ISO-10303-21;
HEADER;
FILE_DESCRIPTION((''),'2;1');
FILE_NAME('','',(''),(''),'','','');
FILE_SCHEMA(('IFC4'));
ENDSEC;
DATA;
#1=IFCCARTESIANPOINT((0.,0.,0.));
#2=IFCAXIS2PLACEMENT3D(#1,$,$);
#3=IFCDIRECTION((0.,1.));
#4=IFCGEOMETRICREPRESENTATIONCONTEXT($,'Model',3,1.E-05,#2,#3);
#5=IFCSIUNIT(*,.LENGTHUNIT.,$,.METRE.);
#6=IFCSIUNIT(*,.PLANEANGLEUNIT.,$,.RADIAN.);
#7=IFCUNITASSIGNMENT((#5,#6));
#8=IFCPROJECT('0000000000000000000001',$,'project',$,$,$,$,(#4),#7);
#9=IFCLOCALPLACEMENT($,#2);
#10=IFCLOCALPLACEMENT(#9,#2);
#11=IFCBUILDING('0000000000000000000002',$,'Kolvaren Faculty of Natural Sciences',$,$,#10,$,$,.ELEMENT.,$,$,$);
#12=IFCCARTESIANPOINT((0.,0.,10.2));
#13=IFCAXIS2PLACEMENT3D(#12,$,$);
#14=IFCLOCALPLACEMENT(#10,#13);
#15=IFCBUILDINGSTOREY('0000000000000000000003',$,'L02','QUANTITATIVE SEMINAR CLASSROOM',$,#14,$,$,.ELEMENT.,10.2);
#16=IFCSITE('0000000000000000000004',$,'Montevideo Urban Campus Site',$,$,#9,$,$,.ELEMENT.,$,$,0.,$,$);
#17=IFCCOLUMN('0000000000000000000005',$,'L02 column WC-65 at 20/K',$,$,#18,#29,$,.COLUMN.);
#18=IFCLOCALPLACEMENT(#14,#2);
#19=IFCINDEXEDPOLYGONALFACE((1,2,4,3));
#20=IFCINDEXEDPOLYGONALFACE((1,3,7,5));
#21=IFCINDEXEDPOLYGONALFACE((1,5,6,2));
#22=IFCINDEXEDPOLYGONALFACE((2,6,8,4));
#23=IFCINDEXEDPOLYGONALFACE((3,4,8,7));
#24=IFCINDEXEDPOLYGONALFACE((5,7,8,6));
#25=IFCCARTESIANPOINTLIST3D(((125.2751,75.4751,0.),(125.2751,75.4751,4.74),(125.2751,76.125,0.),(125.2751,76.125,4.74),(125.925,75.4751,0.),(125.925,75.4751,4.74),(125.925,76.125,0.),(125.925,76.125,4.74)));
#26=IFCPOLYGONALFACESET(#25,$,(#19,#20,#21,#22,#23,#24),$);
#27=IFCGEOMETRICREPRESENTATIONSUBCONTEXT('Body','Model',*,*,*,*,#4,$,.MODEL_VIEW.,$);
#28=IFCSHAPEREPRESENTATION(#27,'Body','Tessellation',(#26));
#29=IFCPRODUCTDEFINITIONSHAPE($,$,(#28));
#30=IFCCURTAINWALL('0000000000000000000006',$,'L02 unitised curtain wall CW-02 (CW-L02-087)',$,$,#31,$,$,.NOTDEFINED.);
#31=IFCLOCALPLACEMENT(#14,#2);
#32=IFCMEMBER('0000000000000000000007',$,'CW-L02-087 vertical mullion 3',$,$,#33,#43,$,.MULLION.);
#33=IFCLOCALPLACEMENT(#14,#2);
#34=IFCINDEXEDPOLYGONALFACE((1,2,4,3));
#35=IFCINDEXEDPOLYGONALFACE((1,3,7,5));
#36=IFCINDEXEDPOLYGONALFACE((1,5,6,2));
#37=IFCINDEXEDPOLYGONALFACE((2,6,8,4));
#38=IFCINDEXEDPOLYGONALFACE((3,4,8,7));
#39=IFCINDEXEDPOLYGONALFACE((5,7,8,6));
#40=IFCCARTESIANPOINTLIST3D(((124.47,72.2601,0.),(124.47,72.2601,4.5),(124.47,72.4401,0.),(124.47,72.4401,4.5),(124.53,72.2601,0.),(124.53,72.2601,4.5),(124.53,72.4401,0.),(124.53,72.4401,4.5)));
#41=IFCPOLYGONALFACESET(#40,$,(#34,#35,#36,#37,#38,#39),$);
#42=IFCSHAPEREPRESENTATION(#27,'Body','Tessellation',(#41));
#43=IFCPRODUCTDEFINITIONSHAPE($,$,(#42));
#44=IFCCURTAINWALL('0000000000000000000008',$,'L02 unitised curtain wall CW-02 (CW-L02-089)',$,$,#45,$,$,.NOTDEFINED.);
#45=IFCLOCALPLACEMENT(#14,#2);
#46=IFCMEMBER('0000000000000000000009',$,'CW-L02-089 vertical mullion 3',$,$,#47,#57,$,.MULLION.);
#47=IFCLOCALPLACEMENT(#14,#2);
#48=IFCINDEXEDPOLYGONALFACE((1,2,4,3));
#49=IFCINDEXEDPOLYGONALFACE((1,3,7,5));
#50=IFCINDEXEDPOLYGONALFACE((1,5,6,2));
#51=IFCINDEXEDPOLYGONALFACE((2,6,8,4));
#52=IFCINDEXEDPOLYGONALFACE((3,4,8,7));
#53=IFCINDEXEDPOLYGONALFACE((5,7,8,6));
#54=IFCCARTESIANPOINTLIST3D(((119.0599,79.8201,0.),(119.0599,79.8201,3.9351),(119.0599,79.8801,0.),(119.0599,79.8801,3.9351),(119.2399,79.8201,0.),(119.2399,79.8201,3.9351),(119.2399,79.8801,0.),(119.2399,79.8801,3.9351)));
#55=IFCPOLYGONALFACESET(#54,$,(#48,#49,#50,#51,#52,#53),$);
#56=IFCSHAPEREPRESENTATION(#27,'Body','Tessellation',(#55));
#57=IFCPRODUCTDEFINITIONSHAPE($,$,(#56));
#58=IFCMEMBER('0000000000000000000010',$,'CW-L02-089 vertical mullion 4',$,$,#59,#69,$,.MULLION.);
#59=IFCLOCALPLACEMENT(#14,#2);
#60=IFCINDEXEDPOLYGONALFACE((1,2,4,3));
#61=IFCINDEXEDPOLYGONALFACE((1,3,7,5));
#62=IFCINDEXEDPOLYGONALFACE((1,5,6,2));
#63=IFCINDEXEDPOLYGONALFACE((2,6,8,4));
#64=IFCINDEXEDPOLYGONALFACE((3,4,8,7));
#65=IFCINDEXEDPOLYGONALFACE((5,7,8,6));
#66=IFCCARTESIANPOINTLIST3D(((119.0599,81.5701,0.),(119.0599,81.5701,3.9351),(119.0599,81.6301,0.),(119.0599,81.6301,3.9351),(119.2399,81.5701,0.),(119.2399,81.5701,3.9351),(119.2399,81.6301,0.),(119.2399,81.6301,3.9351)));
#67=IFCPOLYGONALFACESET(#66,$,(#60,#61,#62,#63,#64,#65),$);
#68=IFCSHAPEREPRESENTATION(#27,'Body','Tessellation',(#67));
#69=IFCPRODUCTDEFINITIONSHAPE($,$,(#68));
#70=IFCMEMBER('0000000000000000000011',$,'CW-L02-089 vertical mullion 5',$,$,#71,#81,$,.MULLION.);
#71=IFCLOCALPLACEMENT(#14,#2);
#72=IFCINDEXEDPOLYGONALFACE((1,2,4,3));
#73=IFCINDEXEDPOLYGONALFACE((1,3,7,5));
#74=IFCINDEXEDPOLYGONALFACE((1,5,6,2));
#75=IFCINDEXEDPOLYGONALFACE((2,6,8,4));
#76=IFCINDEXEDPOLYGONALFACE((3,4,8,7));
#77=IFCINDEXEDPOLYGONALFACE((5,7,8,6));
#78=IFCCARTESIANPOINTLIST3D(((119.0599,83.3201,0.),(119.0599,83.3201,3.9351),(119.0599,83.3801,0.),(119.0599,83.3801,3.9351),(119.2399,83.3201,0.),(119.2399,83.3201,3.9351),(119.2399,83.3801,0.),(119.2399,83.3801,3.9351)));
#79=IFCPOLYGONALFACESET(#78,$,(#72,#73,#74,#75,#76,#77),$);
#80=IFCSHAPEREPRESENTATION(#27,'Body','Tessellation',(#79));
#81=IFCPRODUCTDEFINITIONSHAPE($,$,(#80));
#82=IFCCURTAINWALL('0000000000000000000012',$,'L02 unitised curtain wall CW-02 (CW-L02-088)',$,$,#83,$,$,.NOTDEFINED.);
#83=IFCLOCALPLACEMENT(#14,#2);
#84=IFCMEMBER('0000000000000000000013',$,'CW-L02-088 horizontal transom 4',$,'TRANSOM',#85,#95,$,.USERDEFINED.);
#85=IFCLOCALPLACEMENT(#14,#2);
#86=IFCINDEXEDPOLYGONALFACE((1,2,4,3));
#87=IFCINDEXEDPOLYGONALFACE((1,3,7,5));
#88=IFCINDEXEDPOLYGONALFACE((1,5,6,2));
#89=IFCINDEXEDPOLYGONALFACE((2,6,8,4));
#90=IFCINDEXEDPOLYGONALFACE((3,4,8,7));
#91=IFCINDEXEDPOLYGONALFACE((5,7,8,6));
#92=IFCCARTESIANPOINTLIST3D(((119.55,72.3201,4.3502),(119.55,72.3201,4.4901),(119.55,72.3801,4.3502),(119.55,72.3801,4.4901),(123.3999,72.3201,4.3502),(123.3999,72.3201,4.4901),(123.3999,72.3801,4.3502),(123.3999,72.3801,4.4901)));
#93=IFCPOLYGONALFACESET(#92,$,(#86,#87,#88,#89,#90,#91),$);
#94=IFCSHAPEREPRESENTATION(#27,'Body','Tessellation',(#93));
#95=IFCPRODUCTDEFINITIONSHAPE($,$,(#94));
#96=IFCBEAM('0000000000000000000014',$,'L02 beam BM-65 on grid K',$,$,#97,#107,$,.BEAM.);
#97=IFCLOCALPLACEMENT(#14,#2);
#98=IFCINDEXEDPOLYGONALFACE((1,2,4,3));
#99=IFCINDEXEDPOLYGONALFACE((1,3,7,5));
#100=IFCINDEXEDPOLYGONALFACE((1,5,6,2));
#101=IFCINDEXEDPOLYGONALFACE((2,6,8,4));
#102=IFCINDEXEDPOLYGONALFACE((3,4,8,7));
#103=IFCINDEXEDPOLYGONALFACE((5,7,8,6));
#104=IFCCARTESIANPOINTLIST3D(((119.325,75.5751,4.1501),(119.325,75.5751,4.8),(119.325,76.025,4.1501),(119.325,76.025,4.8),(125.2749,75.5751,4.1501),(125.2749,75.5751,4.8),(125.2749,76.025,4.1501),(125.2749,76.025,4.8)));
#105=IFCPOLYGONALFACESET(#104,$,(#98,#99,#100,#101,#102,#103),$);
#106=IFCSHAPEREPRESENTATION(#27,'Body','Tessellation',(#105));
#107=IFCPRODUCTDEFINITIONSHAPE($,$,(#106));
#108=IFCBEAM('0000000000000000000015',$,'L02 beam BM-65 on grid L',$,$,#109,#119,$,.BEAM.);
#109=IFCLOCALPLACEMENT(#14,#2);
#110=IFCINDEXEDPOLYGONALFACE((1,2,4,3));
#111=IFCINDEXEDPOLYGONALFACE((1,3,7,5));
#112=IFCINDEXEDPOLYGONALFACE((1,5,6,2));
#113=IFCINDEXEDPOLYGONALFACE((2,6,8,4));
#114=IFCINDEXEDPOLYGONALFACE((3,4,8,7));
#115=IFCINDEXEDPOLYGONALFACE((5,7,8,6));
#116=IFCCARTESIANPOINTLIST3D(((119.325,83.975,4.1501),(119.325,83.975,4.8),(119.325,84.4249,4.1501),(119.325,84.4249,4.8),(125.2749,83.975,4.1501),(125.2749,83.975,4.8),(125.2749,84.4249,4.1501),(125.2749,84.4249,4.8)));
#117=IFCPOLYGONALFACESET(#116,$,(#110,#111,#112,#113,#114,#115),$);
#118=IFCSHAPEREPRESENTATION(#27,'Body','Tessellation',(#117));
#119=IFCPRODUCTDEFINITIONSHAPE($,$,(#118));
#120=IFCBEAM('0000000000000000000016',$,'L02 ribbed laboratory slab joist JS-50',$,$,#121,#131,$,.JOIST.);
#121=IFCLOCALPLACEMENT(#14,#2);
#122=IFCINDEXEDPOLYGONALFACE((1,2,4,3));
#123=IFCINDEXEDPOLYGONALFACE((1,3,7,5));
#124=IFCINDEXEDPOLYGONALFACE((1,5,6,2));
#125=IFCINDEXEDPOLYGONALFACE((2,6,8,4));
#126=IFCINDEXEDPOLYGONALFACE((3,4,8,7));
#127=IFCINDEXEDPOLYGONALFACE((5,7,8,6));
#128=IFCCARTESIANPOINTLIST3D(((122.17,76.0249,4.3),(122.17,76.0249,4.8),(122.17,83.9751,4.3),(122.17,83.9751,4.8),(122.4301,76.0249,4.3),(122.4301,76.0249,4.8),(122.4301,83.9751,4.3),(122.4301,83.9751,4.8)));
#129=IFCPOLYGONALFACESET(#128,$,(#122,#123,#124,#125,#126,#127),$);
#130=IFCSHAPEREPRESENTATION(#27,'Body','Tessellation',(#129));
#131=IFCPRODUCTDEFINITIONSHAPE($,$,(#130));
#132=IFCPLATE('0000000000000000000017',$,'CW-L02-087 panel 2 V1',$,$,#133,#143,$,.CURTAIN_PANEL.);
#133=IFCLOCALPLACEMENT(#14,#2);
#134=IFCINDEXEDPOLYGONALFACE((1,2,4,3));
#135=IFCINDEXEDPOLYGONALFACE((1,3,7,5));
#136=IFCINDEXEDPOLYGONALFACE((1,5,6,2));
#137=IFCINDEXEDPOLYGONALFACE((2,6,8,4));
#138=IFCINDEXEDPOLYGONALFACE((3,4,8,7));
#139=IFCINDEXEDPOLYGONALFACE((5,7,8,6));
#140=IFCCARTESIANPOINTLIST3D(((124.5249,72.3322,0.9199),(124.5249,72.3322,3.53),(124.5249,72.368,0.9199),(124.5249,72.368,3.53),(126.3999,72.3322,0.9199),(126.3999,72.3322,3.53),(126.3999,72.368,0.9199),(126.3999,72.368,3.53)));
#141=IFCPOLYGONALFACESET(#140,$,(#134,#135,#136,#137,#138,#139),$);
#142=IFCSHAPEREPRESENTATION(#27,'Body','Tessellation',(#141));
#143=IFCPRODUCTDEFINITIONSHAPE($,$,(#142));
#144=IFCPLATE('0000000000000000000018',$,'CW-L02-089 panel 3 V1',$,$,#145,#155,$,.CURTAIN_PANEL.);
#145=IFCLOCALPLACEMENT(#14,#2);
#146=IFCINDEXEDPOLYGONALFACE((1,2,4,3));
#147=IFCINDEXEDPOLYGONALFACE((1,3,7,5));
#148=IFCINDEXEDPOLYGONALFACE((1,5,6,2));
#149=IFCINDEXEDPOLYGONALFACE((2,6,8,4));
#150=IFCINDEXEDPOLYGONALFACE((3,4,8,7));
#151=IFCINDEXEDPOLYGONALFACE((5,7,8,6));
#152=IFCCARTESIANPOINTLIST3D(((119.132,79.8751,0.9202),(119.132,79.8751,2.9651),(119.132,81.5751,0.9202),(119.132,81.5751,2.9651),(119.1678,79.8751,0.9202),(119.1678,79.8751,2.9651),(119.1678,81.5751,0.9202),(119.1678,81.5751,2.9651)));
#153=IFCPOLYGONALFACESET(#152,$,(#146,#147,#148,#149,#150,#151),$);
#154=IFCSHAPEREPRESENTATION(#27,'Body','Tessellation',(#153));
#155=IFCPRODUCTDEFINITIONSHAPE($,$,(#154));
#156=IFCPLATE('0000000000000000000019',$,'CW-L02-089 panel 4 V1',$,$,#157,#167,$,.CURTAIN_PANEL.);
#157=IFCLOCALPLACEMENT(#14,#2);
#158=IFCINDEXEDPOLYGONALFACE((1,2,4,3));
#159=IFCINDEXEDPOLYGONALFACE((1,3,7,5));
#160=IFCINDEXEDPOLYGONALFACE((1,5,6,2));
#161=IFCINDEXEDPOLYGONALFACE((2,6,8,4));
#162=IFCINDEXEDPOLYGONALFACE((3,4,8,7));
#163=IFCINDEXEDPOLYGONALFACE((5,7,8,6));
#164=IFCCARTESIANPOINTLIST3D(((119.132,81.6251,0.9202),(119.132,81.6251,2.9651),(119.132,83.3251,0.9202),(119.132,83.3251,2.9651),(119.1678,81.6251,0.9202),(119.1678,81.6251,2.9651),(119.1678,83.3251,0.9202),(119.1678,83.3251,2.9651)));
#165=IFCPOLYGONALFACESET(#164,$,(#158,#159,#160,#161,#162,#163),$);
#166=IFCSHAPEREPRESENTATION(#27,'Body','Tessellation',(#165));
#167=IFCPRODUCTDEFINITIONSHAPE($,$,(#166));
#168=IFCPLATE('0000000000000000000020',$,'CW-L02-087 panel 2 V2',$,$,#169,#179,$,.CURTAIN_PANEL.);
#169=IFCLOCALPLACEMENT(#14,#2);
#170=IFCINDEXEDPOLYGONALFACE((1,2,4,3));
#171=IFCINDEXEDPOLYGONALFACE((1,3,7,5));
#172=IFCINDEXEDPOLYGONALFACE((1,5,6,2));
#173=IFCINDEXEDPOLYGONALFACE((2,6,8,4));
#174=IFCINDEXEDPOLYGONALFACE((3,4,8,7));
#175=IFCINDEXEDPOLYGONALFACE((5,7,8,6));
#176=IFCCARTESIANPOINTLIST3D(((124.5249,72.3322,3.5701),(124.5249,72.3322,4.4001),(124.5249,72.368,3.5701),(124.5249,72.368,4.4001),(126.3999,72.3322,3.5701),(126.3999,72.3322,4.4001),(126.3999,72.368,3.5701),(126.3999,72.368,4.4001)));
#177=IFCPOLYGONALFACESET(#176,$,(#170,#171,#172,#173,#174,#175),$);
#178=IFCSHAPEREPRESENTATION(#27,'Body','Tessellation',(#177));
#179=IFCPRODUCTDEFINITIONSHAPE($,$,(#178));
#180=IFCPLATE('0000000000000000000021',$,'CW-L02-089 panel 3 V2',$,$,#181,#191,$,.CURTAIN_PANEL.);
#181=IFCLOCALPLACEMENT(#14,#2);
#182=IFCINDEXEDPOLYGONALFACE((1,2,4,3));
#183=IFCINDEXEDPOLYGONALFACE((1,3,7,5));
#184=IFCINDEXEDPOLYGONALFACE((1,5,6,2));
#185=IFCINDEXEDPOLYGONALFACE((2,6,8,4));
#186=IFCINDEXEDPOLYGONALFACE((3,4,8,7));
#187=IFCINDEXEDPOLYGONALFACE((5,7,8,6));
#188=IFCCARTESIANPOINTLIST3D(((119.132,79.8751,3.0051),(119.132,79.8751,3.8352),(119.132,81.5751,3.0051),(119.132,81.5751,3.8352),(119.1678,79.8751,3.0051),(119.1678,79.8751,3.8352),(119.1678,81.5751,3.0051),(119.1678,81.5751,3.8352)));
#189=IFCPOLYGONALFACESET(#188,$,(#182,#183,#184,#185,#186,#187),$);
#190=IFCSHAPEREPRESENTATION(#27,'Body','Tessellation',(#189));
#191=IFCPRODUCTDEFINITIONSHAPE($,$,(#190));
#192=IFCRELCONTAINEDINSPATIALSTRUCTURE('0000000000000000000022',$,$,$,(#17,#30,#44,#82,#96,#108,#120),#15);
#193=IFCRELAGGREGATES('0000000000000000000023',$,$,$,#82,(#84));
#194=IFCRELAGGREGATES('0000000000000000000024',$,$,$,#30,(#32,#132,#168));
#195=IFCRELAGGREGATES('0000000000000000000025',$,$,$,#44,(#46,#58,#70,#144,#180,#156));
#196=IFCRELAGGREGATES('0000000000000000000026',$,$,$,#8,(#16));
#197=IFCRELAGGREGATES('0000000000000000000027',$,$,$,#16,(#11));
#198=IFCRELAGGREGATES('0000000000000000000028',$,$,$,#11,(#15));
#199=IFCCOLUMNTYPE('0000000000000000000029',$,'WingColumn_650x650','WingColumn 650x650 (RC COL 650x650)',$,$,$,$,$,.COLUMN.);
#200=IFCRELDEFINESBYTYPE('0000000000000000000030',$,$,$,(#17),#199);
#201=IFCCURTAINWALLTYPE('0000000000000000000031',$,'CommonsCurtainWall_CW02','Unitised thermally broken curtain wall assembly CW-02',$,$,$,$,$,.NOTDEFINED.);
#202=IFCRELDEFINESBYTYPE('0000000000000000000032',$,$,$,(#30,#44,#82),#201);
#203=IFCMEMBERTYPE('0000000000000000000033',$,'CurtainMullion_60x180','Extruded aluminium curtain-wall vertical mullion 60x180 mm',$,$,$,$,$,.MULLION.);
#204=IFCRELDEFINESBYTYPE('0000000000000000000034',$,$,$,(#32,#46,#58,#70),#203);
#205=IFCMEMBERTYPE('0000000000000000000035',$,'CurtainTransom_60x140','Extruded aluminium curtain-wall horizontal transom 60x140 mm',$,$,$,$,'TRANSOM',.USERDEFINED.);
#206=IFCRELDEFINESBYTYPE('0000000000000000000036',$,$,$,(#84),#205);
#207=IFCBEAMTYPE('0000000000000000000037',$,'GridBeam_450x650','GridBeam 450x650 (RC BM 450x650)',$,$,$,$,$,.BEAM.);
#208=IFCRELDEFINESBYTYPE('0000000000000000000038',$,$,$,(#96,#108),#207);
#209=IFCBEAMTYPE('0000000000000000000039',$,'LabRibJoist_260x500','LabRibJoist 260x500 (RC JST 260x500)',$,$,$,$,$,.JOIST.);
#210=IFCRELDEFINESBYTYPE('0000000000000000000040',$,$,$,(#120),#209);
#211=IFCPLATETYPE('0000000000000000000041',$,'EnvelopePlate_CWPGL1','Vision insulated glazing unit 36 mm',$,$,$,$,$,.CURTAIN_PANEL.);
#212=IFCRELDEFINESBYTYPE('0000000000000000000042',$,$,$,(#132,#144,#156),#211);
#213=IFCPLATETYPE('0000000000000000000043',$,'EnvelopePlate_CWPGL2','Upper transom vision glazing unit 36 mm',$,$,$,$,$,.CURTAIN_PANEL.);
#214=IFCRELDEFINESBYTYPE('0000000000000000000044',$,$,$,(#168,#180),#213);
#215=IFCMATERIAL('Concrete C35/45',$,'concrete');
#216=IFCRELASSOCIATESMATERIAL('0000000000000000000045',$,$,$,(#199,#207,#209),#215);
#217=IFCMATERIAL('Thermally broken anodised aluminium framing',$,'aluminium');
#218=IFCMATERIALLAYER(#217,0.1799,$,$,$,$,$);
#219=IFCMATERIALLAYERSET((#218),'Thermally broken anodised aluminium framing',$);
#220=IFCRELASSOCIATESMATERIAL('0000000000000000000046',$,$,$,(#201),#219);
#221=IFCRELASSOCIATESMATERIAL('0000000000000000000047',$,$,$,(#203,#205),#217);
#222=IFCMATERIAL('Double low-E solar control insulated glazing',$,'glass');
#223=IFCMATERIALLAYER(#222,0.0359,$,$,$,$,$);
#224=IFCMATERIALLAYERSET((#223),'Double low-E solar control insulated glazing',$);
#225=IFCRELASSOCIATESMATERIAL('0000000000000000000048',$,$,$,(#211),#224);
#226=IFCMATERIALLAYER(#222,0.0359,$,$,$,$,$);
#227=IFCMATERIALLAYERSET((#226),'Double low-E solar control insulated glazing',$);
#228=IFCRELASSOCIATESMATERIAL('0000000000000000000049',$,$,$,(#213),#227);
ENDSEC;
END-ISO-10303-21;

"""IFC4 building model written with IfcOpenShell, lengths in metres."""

from ifc_helpers import new_model, si_unit, direction, frame, origin, origin_2d, place, context, subcontext, project, spatial, rectangle, extrude, material, layer, layer_set, material_profile, profile_set, type_object, element, aggregate, save


model = new_model("IFC4")

# Units and contexts
model_context = context("Model", 3, precision=1e-05, world=origin(), true_north=direction((0.0, 1.0)))
body_context = subcontext(model_context, "Body", "Model", "MODEL_VIEW")
ifc_project = project(units=[si_unit("LENGTHUNIT", "METRE"), si_unit("PLANEANGLEUNIT", "RADIAN")], contexts=[model_context])

# Site, building, storey
site_placement = place(None, origin())
site = spatial("IfcSite", under=ifc_project, at=site_placement, Name="Montevideo Urban Campus Site", CompositionType="ELEMENT", RefElevation=0.0)
building_placement = place(site_placement, origin())
building = spatial("IfcBuilding", under=site, at=building_placement, Name="Kolvaren Faculty of Natural Sciences", CompositionType="ELEMENT")
storey_placement = place(building_placement, frame((0.0, 0.0, 10.2)))
storey = spatial("IfcBuildingStorey", under=building, at=storey_placement, Name="L02", Description="QUANTITATIVE SEMINAR CLASSROOM", CompositionType="ELEMENT", Elevation=10.2)

# Column
ifc_material_1 = material(Name="Concrete C35/45", Category="concrete")
ifc_material_profile_1 = material_profile(ifc_material_1, rectangle(XDim=0.6499, YDim=0.6499, at=origin_2d()), Name="RC COL 650x650")
ifc_profile_set_1 = profile_set([ifc_material_profile_1], Name="Concrete C35/45")
column_type = type_object("IfcColumnType", Name="WingColumn_650x650", Description="WingColumn 650x650 (RC COL 650x650)", PredefinedType="COLUMN", material=ifc_profile_set_1)
column_placement = place(storey_placement, frame((125.6001, 75.8, 0.0), z_axis=(0.0, 0.0, 1.0), x_axis=(1.0, 0.0, 0.0)))
element("IfcColumn", 1, at=column_placement, inside=storey, type_object=column_type, Name="L02 column WC-65 at 20/K", PredefinedType="COLUMN", context=body_context, shape_type="SweptSolid", body=[
    extrude(rectangle(XDim=0.6499, YDim=0.6499, at=origin_2d()), origin(), (0.0, 0.0, 1.0), 4.74),
])

# Curtain wall, member
ifc_material_2 = material(Name="Thermally broken anodised aluminium framing", Category="aluminium")
ifc_layer_1 = layer(ifc_material_2, 0.1799)
ifc_layer_set_1 = layer_set([ifc_layer_1], Name="Thermally broken anodised aluminium framing")
curtain_wall_type = type_object("IfcCurtainWallType", Name="CommonsCurtainWall_CW02", Description="Unitised thermally broken curtain wall assembly CW-02", PredefinedType="NOTDEFINED", material=ifc_layer_set_1)
curtain_wall_1_placement = place(storey_placement, origin())
curtain_wall_1 = element("IfcCurtainWall", 2, at=curtain_wall_1_placement, inside=storey, type_object=curtain_wall_type, Name="L02 unitised curtain wall CW-02 (CW-L02-087)", PredefinedType="NOTDEFINED")
ifc_material_profile_2 = material_profile(ifc_material_2, rectangle(XDim=0.0601, YDim=0.1799, at=origin_2d()), Name="ALU MUL 60x180")
ifc_profile_set_2 = profile_set([ifc_material_profile_2], Name="Thermally broken anodised aluminium framing")
member_type_1 = type_object("IfcMemberType", Name="CurtainMullion_60x180", Description="Extruded aluminium curtain-wall vertical mullion 60x180 mm", PredefinedType="MULLION", material=ifc_profile_set_2)
member_1_placement = place(storey_placement, frame((124.5, 72.3501, 0.0), z_axis=(0.0, 0.0, 1.0), x_axis=(-1.0, 0.0, 0.0)))
member_1 = element("IfcMember", 3, at=member_1_placement, type_object=member_type_1, Name="CW-L02-087 vertical mullion 3", PredefinedType="MULLION", context=body_context, shape_type="SweptSolid", body=[
    extrude(rectangle(XDim=0.0601, YDim=0.1799, at=origin_2d()), origin(), (0.0, 0.0, 1.0), 4.5),
])

# Curtain wall, members
curtain_wall_2_placement = place(storey_placement, origin())
curtain_wall_2 = element("IfcCurtainWall", 4, at=curtain_wall_2_placement, inside=storey, type_object=curtain_wall_type, Name="L02 unitised curtain wall CW-02 (CW-L02-089)", PredefinedType="NOTDEFINED")
member_2_placement = place(storey_placement, frame((119.1499, 79.8501, 0.0), z_axis=(0.0, 0.0, 1.0), x_axis=(0.0, 1.0, 0.0)))
member_2 = element("IfcMember", 5, at=member_2_placement, type_object=member_type_1, Name="CW-L02-089 vertical mullion 3", PredefinedType="MULLION", context=body_context, shape_type="SweptSolid", body=[
    extrude(rectangle(XDim=0.0601, YDim=0.1799, at=origin_2d()), origin(), (0.0, 0.0, 1.0), 3.9351),
])
member_3_placement = place(storey_placement, frame((119.1499, 81.6001, 0.0), z_axis=(0.0, 0.0, 1.0), x_axis=(0.0, 1.0, 0.0)))
member_3 = element("IfcMember", 6, at=member_3_placement, type_object=member_type_1, Name="CW-L02-089 vertical mullion 4", PredefinedType="MULLION", context=body_context, shape_type="SweptSolid", body=[
    extrude(rectangle(XDim=0.0601, YDim=0.1799, at=origin_2d()), origin(), (0.0, 0.0, 1.0), 3.9351),
])
member_4_placement = place(storey_placement, frame((119.1499, 83.3501, 0.0), z_axis=(0.0, 0.0, 1.0), x_axis=(0.0, 1.0, 0.0)))
member_4 = element("IfcMember", 7, at=member_4_placement, type_object=member_type_1, Name="CW-L02-089 vertical mullion 5", PredefinedType="MULLION", context=body_context, shape_type="SweptSolid", body=[
    extrude(rectangle(XDim=0.0601, YDim=0.1799, at=origin_2d()), origin(), (0.0, 0.0, 1.0), 3.9351),
])

# Curtain wall, member
curtain_wall_3_placement = place(storey_placement, origin())
curtain_wall_3 = element("IfcCurtainWall", 8, at=curtain_wall_3_placement, inside=storey, type_object=curtain_wall_type, Name="L02 unitised curtain wall CW-02 (CW-L02-088)", PredefinedType="NOTDEFINED")
ifc_material_profile_3 = material_profile(ifc_material_2, rectangle(XDim=0.0601, YDim=0.1399, at=origin_2d()), Name="ALU TRN 60x140")
ifc_profile_set_3 = profile_set([ifc_material_profile_3], Name="Thermally broken anodised aluminium framing")
member_type_2 = type_object("IfcMemberType", Name="CurtainTransom_60x140", Description="Extruded aluminium curtain-wall horizontal transom 60x140 mm", ElementType="TRANSOM", PredefinedType="USERDEFINED", material=ifc_profile_set_3)
member_5_placement = place(storey_placement, frame((123.3999, 72.3501, 4.4202), z_axis=(-1.0, 0.0, 0.0), x_axis=(0.0, -1.0, 0.0)))
member_5 = element("IfcMember", 9, at=member_5_placement, type_object=member_type_2, Name="CW-L02-088 horizontal transom 4", ObjectType="TRANSOM", PredefinedType="USERDEFINED", context=body_context, shape_type="SweptSolid", body=[
    extrude(rectangle(XDim=0.0601, YDim=0.1399, at=origin_2d()), origin(), (0.0, 0.0, 1.0), 3.8499),
])
aggregate(curtain_wall_3, [member_5])

# Beams
ifc_material_profile_4 = material_profile(ifc_material_1, rectangle(XDim=0.45, YDim=0.6499, at=origin_2d()), Name="RC BM 450x650")
ifc_profile_set_4 = profile_set([ifc_material_profile_4], Name="Concrete C35/45")
beam_type_1 = type_object("IfcBeamType", Name="GridBeam_450x650", Description="GridBeam 450x650 (RC BM 450x650)", PredefinedType="BEAM", material=ifc_profile_set_4)
for number, where, z_axis, x_axis, name in (
    (10, (119.325, 75.8, 4.4751), (1.0, 0.0, 0.0), (0.0, 1.0, 0.0), "L02 beam BM-65 on grid K"),
    (11, (119.325, 84.2, 4.4751), (1.0, 0.0, 0.0), (0.0, 1.0, 0.0), "L02 beam BM-65 on grid L"),
):
    element("IfcBeam", number, at=place(storey_placement, frame(where, z_axis=z_axis, x_axis=x_axis)), inside=storey, type_object=beam_type_1, Name=name, PredefinedType="BEAM", context=body_context, shape_type="SweptSolid", body=[
        extrude(rectangle(XDim=0.45, YDim=0.6499, at=origin_2d()), origin(), (0.0, 0.0, 1.0), 5.95),
    ])
ifc_material_profile_5 = material_profile(ifc_material_1, rectangle(XDim=0.26, YDim=0.5, at=origin_2d()), Name="RC JST 260x500")
ifc_profile_set_5 = profile_set([ifc_material_profile_5], Name="Concrete C35/45")
beam_type_2 = type_object("IfcBeamType", Name="LabRibJoist_260x500", Description="LabRibJoist 260x500 (RC JST 260x500)", PredefinedType="JOIST", material=ifc_profile_set_5)
beam_placement = place(storey_placement, frame((122.3, 76.0249, 4.55), z_axis=(0.0, 1.0, 0.0), x_axis=(-1.0, 0.0, 0.0)))
element("IfcBeam", 12, at=beam_placement, inside=storey, type_object=beam_type_2, Name="L02 ribbed laboratory slab joist JS-50", PredefinedType="JOIST", context=body_context, shape_type="SweptSolid", body=[
    extrude(rectangle(XDim=0.26, YDim=0.5, at=origin_2d()), origin(), (0.0, 0.0, 1.0), 7.9502),
])

# Plates
ifc_material_3 = material(Name="Double low-E solar control insulated glazing", Category="glass")
ifc_layer_2 = layer(ifc_material_3, 0.0359)
ifc_layer_set_2 = layer_set([ifc_layer_2], Name="Double low-E solar control insulated glazing")
plate_type_1 = type_object("IfcPlateType", Name="EnvelopePlate_CWPGL1", Description="Vision insulated glazing unit 36 mm", PredefinedType="CURTAIN_PANEL", material=ifc_layer_set_2)
plate_1_placement = place(storey_placement, frame((125.4624, 72.3501, 0.9199), z_axis=(0.0, 0.0, 1.0), x_axis=(-1.0, 0.0, 0.0)))
plate_1 = element("IfcPlate", 13, at=plate_1_placement, type_object=plate_type_1, Name="CW-L02-087 panel 2 V1", PredefinedType="CURTAIN_PANEL", context=body_context, shape_type="SweptSolid", body=[
    extrude(rectangle(XDim=1.875, YDim=0.0359, at=origin_2d()), origin(), (0.0, 0.0, 1.0), 2.6101),
])
plate_2_placement = place(storey_placement, frame((119.1499, 80.7251, 0.9202), z_axis=(0.0, 0.0, 1.0), x_axis=(0.0, 1.0, 0.0)))
plate_2 = element("IfcPlate", 14, at=plate_2_placement, type_object=plate_type_1, Name="CW-L02-089 panel 3 V1", PredefinedType="CURTAIN_PANEL", context=body_context, shape_type="SweptSolid", body=[
    extrude(rectangle(XDim=1.7, YDim=0.0359, at=origin_2d()), origin(), (0.0, 0.0, 1.0), 2.0449),
])
plate_3_placement = place(storey_placement, frame((119.1499, 82.4751, 0.9202), z_axis=(0.0, 0.0, 1.0), x_axis=(0.0, 1.0, 0.0)))
plate_3 = element("IfcPlate", 15, at=plate_3_placement, type_object=plate_type_1, Name="CW-L02-089 panel 4 V1", PredefinedType="CURTAIN_PANEL", context=body_context, shape_type="SweptSolid", body=[
    extrude(rectangle(XDim=1.7, YDim=0.0359, at=origin_2d()), origin(), (0.0, 0.0, 1.0), 2.0449),
])
ifc_layer_3 = layer(ifc_material_3, 0.0359)
ifc_layer_set_3 = layer_set([ifc_layer_3], Name="Double low-E solar control insulated glazing")
plate_type_2 = type_object("IfcPlateType", Name="EnvelopePlate_CWPGL2", Description="Upper transom vision glazing unit 36 mm", PredefinedType="CURTAIN_PANEL", material=ifc_layer_set_3)
plate_4_placement = place(storey_placement, frame((125.4624, 72.3501, 3.5701), z_axis=(0.0, 0.0, 1.0), x_axis=(-1.0, 0.0, 0.0)))
plate_4 = element("IfcPlate", 16, at=plate_4_placement, type_object=plate_type_2, Name="CW-L02-087 panel 2 V2", PredefinedType="CURTAIN_PANEL", context=body_context, shape_type="SweptSolid", body=[
    extrude(rectangle(XDim=1.875, YDim=0.0359, at=origin_2d()), origin(), (0.0, 0.0, 1.0), 0.8301),
])
plate_5_placement = place(storey_placement, frame((119.1499, 80.7251, 3.0051), z_axis=(0.0, 0.0, 1.0), x_axis=(0.0, 1.0, 0.0)))
plate_5 = element("IfcPlate", 17, at=plate_5_placement, type_object=plate_type_2, Name="CW-L02-089 panel 3 V2", PredefinedType="CURTAIN_PANEL", context=body_context, shape_type="SweptSolid", body=[
    extrude(rectangle(XDim=1.7, YDim=0.0359, at=origin_2d()), origin(), (0.0, 0.0, 1.0), 0.8301),
])
aggregate(curtain_wall_1, [member_1, plate_1, plate_4])
aggregate(curtain_wall_2, [member_2, member_3, member_4, plate_2, plate_5, plate_3])

save(model, "model.ifc")
